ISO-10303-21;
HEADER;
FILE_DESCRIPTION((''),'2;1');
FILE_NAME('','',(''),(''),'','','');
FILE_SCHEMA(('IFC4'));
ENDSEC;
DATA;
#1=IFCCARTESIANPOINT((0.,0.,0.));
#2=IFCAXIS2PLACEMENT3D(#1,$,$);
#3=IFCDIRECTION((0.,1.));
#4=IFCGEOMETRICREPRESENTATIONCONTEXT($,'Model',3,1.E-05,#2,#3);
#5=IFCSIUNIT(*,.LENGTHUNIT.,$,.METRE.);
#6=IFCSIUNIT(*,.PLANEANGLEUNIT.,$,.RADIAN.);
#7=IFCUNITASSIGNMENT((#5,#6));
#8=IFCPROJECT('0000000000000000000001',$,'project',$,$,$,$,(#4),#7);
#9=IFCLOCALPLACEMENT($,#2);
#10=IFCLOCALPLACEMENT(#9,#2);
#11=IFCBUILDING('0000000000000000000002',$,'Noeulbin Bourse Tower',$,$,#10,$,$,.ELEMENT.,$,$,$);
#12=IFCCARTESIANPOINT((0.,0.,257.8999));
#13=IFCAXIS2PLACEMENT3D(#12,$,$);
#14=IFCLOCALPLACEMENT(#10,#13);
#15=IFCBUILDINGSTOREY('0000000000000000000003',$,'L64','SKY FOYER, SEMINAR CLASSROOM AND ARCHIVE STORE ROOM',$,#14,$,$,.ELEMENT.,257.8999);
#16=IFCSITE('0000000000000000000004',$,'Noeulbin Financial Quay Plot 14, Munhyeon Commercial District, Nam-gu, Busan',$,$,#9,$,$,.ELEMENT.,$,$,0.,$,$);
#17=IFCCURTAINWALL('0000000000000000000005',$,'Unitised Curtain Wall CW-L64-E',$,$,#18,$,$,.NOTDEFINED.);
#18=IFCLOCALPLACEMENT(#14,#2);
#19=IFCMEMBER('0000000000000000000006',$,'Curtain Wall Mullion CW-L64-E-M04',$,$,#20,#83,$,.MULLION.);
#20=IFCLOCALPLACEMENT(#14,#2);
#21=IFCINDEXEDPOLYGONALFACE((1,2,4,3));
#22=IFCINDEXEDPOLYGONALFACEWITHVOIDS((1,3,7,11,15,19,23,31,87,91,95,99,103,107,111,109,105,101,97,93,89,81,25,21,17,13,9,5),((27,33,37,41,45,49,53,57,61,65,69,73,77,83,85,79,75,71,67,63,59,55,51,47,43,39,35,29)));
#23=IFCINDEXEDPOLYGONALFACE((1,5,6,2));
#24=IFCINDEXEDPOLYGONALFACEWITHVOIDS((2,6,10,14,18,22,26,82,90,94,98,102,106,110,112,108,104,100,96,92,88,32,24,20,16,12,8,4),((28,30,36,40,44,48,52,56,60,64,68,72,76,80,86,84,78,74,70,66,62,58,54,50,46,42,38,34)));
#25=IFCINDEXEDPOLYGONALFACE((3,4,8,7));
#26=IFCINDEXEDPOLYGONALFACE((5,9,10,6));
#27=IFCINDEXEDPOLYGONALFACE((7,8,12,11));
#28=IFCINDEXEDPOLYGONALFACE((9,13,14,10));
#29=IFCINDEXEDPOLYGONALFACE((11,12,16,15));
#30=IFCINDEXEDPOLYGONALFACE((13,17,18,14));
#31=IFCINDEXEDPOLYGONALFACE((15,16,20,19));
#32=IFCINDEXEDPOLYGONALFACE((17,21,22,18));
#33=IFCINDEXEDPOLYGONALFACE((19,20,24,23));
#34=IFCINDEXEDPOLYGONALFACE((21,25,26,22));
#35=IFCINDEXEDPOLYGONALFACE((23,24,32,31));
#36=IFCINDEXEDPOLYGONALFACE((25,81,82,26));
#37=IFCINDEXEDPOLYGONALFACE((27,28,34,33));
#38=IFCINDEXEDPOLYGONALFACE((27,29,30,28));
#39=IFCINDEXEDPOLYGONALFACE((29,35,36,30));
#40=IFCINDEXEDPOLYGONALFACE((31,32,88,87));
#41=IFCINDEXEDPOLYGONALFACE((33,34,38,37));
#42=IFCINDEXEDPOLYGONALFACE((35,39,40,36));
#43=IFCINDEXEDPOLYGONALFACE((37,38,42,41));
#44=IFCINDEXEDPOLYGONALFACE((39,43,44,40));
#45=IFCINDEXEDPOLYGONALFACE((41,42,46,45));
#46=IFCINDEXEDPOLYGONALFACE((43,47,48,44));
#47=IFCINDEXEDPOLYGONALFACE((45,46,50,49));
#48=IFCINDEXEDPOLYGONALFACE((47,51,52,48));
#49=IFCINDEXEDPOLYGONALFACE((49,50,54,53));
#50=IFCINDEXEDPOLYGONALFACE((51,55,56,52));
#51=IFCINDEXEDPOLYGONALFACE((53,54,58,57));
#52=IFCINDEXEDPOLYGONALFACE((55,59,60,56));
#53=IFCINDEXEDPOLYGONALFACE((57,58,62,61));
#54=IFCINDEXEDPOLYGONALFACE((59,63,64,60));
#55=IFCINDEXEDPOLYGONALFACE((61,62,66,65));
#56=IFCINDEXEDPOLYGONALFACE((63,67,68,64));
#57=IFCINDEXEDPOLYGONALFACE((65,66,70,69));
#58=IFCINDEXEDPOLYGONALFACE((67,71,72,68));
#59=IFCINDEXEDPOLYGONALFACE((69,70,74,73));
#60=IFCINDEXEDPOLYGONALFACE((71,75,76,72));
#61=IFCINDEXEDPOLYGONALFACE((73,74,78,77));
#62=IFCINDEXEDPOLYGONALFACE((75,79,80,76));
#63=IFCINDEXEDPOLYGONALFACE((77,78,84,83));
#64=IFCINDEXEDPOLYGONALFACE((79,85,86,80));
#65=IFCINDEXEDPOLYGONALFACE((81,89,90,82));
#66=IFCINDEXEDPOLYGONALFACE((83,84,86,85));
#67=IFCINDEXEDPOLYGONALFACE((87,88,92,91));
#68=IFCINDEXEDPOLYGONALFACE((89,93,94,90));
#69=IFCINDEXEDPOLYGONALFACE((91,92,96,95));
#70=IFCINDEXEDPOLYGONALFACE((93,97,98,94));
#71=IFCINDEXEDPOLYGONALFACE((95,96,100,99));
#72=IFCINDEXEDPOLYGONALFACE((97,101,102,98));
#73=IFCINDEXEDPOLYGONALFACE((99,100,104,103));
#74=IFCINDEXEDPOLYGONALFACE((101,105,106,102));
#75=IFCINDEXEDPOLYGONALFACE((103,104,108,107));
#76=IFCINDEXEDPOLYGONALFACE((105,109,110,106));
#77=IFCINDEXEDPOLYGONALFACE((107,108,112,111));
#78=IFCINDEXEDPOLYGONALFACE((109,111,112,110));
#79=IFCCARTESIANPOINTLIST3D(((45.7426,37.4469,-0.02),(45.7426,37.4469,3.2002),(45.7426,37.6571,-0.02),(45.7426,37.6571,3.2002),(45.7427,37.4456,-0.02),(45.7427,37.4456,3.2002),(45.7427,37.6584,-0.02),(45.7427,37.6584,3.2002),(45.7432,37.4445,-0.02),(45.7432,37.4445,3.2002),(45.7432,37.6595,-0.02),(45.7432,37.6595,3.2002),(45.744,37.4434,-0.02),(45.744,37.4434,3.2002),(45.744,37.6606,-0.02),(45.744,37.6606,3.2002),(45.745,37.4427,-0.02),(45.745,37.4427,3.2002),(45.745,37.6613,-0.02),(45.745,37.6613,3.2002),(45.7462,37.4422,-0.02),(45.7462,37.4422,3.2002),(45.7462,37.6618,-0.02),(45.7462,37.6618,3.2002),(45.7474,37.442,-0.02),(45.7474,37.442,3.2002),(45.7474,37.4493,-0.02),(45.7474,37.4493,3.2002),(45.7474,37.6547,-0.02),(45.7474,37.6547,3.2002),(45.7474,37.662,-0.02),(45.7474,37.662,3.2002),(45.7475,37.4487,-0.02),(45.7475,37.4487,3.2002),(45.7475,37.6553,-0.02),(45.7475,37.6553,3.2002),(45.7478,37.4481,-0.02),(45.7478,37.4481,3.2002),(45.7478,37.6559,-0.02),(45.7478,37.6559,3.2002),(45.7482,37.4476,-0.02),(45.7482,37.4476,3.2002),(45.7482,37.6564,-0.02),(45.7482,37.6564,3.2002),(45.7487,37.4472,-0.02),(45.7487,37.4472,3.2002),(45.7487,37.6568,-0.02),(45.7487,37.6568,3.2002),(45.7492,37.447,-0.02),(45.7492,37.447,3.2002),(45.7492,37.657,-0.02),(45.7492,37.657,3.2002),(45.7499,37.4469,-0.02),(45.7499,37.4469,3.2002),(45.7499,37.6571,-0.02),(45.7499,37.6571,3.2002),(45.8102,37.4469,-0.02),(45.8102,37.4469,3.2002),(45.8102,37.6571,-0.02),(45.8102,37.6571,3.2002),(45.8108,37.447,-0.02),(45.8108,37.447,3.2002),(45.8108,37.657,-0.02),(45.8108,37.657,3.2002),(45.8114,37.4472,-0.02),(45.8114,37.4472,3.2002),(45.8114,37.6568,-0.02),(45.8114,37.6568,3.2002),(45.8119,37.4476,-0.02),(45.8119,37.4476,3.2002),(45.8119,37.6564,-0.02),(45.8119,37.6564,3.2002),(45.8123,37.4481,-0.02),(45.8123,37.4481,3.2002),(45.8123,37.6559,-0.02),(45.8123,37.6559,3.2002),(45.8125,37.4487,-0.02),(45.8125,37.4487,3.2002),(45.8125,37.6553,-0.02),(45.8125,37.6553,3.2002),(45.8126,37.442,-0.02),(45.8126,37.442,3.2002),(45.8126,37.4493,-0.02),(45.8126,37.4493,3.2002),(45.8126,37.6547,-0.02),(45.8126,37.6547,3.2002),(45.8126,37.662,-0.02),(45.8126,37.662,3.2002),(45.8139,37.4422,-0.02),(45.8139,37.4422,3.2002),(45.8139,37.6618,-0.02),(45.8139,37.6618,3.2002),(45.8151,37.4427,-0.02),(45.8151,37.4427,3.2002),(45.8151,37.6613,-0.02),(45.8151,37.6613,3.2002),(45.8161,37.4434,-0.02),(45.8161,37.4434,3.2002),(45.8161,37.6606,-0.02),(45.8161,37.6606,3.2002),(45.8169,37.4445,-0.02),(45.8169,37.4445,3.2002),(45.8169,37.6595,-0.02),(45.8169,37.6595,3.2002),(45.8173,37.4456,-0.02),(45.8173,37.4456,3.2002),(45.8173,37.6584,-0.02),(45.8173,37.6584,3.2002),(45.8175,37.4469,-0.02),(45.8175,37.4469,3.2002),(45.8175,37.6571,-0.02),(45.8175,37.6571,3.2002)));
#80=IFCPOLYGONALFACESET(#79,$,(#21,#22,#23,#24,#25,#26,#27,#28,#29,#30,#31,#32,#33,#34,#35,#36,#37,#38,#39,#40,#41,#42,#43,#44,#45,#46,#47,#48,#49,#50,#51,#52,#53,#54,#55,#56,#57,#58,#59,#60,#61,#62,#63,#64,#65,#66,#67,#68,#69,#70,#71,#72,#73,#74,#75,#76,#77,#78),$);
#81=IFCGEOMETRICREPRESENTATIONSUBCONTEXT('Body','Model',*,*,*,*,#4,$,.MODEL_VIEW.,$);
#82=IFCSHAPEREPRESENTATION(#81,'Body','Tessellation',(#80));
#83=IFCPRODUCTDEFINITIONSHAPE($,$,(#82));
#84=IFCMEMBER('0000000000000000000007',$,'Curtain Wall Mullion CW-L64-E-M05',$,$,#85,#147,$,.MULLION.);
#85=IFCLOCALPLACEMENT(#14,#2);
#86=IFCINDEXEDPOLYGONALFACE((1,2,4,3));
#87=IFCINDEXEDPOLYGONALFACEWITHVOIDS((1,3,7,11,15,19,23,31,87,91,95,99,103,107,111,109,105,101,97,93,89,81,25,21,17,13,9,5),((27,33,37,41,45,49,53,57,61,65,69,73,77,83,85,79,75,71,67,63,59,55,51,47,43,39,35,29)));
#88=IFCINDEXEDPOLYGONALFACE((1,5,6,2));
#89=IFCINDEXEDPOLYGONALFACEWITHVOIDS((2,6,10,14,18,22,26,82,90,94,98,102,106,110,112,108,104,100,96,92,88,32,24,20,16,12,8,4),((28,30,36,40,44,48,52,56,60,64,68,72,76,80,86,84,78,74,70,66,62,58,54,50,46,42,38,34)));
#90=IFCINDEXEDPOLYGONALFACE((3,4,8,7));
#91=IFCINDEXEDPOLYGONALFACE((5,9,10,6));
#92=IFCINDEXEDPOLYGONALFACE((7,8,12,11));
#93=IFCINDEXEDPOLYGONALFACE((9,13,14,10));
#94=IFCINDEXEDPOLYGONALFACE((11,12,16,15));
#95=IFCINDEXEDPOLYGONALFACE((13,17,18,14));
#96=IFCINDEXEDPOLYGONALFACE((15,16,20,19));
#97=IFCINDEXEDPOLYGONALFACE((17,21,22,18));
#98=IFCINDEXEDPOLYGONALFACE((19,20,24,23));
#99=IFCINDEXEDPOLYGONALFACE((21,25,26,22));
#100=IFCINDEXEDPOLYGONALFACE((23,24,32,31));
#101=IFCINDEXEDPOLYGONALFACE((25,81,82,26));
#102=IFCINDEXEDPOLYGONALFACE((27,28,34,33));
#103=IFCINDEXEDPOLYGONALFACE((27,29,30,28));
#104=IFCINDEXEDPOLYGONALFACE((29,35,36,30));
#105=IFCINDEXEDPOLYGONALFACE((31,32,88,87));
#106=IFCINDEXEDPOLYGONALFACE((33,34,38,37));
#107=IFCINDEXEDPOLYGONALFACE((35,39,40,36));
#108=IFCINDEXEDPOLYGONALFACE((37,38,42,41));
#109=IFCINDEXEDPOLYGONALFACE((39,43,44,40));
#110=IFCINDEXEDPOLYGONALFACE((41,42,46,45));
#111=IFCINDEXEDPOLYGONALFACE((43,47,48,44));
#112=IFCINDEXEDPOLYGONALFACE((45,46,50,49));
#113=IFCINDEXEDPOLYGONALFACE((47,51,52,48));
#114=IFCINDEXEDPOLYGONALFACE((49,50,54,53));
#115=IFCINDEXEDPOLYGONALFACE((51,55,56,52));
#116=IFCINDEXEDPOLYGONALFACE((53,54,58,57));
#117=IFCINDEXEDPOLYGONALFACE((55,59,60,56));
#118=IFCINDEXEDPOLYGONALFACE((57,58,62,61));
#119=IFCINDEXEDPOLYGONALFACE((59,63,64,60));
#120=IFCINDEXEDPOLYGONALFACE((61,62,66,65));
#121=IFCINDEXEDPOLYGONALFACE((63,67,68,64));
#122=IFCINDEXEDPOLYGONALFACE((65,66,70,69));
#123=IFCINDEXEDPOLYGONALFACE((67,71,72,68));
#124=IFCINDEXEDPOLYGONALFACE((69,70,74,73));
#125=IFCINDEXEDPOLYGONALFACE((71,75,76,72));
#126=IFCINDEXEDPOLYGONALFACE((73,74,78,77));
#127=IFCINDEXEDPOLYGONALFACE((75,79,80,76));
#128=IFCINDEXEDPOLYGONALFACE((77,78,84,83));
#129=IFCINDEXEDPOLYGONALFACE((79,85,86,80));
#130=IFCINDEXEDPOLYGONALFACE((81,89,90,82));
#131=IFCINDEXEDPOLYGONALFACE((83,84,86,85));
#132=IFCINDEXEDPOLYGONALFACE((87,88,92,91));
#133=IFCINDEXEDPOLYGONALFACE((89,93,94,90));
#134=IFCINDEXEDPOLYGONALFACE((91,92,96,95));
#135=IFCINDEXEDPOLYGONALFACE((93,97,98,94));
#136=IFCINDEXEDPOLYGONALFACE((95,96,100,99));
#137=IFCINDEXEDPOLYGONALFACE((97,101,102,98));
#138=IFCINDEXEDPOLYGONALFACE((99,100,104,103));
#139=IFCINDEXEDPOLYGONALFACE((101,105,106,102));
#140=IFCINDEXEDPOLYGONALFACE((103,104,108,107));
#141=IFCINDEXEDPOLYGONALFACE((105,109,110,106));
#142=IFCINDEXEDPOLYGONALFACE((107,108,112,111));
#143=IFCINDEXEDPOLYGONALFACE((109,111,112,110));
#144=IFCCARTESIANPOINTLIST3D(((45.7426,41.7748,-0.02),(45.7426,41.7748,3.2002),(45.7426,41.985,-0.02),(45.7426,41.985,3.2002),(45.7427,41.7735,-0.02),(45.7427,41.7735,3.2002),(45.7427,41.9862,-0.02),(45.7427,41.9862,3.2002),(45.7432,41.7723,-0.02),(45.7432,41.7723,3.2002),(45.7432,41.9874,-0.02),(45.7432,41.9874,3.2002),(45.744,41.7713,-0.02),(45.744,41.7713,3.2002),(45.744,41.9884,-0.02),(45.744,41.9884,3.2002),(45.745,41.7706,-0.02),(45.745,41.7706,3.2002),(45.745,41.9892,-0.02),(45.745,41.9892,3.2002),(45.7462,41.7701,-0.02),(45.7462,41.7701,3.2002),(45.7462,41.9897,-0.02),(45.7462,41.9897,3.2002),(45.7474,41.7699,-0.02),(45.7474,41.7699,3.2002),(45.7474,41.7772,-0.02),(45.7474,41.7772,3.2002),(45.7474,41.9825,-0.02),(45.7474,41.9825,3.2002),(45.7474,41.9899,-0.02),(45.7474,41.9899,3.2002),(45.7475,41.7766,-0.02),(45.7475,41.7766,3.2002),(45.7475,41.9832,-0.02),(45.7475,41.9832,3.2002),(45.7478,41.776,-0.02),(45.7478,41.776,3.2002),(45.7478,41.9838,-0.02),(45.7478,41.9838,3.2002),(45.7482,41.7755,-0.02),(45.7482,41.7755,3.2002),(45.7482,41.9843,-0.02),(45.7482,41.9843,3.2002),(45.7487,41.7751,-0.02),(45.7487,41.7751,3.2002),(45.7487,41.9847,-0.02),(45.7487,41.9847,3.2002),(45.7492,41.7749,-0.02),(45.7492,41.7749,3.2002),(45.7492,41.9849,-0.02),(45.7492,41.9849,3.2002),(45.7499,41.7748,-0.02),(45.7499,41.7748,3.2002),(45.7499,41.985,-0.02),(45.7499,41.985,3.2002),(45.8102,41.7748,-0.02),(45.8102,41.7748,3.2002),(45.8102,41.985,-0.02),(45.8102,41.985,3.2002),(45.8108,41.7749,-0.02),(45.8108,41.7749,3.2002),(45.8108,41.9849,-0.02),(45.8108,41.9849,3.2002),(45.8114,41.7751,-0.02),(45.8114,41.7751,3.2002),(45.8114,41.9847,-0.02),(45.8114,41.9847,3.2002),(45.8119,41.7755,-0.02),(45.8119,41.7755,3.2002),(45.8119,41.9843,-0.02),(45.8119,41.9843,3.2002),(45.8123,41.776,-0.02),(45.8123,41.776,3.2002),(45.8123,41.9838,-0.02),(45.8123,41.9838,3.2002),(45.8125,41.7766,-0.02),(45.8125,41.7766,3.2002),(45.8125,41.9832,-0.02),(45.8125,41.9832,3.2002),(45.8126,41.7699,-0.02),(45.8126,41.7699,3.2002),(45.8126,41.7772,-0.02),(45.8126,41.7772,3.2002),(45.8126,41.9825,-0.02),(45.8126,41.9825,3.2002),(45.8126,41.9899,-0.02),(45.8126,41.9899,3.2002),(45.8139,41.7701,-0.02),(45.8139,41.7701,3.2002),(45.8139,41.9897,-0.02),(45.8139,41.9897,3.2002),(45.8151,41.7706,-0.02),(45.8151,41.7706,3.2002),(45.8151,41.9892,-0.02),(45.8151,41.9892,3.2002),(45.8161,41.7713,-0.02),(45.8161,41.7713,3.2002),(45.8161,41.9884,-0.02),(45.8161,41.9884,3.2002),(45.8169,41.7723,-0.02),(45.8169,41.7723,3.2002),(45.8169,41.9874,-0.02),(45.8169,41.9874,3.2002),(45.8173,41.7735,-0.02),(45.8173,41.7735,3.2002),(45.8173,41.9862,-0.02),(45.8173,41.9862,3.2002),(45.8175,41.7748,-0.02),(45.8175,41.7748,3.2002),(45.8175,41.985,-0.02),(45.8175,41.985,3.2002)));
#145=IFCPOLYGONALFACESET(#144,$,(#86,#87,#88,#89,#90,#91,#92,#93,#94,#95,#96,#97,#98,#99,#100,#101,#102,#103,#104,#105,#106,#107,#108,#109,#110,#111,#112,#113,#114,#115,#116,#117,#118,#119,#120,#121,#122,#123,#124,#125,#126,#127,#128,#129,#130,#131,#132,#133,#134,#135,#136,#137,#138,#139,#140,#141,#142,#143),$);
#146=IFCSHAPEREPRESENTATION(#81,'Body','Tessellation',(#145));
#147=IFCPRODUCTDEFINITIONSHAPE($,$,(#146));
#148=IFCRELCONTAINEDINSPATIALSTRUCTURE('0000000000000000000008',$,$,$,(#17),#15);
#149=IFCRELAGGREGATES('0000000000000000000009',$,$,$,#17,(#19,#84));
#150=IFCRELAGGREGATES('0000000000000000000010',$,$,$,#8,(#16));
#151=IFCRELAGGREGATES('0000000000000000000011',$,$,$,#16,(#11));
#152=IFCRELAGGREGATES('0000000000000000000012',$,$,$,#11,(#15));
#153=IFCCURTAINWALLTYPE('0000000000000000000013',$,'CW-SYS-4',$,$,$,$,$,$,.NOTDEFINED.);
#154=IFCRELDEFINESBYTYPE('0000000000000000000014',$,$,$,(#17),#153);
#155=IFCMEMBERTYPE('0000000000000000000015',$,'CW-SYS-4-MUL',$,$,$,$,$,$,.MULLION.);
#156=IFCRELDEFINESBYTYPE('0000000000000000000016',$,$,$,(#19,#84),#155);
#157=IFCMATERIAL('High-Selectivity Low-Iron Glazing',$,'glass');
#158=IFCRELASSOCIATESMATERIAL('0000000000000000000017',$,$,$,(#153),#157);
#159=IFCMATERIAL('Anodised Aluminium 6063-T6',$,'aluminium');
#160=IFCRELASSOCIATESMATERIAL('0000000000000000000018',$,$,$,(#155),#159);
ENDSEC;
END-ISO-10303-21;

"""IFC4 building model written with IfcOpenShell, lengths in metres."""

from ifc_helpers import new_model, si_unit, direction, frame, origin, origin_2d, place, context, subcontext, project, spatial, hollow_rectangle, extrude, material, material_profile, profile_set, type_object, element, aggregate, save


model = new_model("IFC4")

# Units and contexts
model_context = context("Model", 3, precision=1e-05, world=origin(), true_north=direction((0.0, 1.0)))
body_context = subcontext(model_context, "Body", "Model", "MODEL_VIEW")
ifc_project = project(units=[si_unit("LENGTHUNIT", "METRE"), si_unit("PLANEANGLEUNIT", "RADIAN")], contexts=[model_context])

# Site, building, storey
site_placement = place(None, origin())
site = spatial("IfcSite", under=ifc_project, at=site_placement, Name="Noeulbin Financial Quay Plot 14, Munhyeon Commercial District, Nam-gu, Busan", CompositionType="ELEMENT", RefElevation=0.0)
building_placement = place(site_placement, origin())
building = spatial("IfcBuilding", under=site, at=building_placement, Name="Noeulbin Bourse Tower", CompositionType="ELEMENT")
storey_placement = place(building_placement, frame((0.0, 0.0, 257.8999)))
storey = spatial("IfcBuildingStorey", under=building, at=storey_placement, Name="L64", Description="SKY FOYER, SEMINAR CLASSROOM AND ARCHIVE STORE ROOM", CompositionType="ELEMENT", Elevation=257.8999)

# Shared definitions
ifc_material_1 = material(Name="High-Selectivity Low-Iron Glazing", Category="glass")
curtain_wall_type = type_object("IfcCurtainWallType", Name="CW-SYS-4", PredefinedType="NOTDEFINED", material=ifc_material_1)
ifc_material_2 = material(Name="Anodised Aluminium 6063-T6", Category="aluminium")
ifc_material_profile_1 = material_profile(ifc_material_2, hollow_rectangle(XDim=0.075, YDim=0.22, WallThickness=0.0049, InnerFilletRadius=0.0024, OuterFilletRadius=0.0049, at=origin_2d()), Name="ALU-MULL-75x220x5", Category="LoadBearing")
ifc_profile_set_1 = profile_set([ifc_material_profile_1], Name="Anodised Aluminium 6063-T6")
member_type_1 = type_object("IfcMemberType", Name="CW-SYS-4-MUL", PredefinedType="MULLION", material=ifc_profile_set_1)

# Curtain wall, members
curtain_wall_1_placement = place(storey_placement, origin())
curtain_wall_1 = element("IfcCurtainWall", 1, at=curtain_wall_1_placement, inside=storey, type_object=curtain_wall_type, Name="Unitised Curtain Wall CW-L64-E", PredefinedType="NOTDEFINED")
member_1_placement = place(storey_placement, frame((45.78, 37.552, -0.02), z_axis=(0.0, 0.0, 1.0), x_axis=(1.0, 0.0, 0.0)))
member_1 = element("IfcMember", 2, at=member_1_placement, type_object=member_type_1, Name="Curtain Wall Mullion CW-L64-E-M04", PredefinedType="MULLION", context=body_context, shape_type="SweptSolid", body=[
    extrude(hollow_rectangle(XDim=0.075, YDim=0.22, WallThickness=0.0049, InnerFilletRadius=0.0024, OuterFilletRadius=0.0049, at=origin_2d()), origin(), (0.0, 0.0, 1.0), 3.2202),
])
member_2_placement = place(storey_placement, frame((45.78, 41.8799, -0.02), z_axis=(0.0, 0.0, 1.0), x_axis=(1.0, 0.0, 0.0)))
member_2 = element("IfcMember", 3, at=member_2_placement, type_object=member_type_1, Name="Curtain Wall Mullion CW-L64-E-M05", PredefinedType="MULLION", context=body_context, shape_type="SweptSolid", body=[
    extrude(hollow_rectangle(XDim=0.075, YDim=0.22, WallThickness=0.0049, InnerFilletRadius=0.0024, OuterFilletRadius=0.0049, at=origin_2d()), origin(), (0.0, 0.0, 1.0), 3.2202),
])

aggregate(curtain_wall_1, [member_1, member_2])

save(model, "model.ifc")
